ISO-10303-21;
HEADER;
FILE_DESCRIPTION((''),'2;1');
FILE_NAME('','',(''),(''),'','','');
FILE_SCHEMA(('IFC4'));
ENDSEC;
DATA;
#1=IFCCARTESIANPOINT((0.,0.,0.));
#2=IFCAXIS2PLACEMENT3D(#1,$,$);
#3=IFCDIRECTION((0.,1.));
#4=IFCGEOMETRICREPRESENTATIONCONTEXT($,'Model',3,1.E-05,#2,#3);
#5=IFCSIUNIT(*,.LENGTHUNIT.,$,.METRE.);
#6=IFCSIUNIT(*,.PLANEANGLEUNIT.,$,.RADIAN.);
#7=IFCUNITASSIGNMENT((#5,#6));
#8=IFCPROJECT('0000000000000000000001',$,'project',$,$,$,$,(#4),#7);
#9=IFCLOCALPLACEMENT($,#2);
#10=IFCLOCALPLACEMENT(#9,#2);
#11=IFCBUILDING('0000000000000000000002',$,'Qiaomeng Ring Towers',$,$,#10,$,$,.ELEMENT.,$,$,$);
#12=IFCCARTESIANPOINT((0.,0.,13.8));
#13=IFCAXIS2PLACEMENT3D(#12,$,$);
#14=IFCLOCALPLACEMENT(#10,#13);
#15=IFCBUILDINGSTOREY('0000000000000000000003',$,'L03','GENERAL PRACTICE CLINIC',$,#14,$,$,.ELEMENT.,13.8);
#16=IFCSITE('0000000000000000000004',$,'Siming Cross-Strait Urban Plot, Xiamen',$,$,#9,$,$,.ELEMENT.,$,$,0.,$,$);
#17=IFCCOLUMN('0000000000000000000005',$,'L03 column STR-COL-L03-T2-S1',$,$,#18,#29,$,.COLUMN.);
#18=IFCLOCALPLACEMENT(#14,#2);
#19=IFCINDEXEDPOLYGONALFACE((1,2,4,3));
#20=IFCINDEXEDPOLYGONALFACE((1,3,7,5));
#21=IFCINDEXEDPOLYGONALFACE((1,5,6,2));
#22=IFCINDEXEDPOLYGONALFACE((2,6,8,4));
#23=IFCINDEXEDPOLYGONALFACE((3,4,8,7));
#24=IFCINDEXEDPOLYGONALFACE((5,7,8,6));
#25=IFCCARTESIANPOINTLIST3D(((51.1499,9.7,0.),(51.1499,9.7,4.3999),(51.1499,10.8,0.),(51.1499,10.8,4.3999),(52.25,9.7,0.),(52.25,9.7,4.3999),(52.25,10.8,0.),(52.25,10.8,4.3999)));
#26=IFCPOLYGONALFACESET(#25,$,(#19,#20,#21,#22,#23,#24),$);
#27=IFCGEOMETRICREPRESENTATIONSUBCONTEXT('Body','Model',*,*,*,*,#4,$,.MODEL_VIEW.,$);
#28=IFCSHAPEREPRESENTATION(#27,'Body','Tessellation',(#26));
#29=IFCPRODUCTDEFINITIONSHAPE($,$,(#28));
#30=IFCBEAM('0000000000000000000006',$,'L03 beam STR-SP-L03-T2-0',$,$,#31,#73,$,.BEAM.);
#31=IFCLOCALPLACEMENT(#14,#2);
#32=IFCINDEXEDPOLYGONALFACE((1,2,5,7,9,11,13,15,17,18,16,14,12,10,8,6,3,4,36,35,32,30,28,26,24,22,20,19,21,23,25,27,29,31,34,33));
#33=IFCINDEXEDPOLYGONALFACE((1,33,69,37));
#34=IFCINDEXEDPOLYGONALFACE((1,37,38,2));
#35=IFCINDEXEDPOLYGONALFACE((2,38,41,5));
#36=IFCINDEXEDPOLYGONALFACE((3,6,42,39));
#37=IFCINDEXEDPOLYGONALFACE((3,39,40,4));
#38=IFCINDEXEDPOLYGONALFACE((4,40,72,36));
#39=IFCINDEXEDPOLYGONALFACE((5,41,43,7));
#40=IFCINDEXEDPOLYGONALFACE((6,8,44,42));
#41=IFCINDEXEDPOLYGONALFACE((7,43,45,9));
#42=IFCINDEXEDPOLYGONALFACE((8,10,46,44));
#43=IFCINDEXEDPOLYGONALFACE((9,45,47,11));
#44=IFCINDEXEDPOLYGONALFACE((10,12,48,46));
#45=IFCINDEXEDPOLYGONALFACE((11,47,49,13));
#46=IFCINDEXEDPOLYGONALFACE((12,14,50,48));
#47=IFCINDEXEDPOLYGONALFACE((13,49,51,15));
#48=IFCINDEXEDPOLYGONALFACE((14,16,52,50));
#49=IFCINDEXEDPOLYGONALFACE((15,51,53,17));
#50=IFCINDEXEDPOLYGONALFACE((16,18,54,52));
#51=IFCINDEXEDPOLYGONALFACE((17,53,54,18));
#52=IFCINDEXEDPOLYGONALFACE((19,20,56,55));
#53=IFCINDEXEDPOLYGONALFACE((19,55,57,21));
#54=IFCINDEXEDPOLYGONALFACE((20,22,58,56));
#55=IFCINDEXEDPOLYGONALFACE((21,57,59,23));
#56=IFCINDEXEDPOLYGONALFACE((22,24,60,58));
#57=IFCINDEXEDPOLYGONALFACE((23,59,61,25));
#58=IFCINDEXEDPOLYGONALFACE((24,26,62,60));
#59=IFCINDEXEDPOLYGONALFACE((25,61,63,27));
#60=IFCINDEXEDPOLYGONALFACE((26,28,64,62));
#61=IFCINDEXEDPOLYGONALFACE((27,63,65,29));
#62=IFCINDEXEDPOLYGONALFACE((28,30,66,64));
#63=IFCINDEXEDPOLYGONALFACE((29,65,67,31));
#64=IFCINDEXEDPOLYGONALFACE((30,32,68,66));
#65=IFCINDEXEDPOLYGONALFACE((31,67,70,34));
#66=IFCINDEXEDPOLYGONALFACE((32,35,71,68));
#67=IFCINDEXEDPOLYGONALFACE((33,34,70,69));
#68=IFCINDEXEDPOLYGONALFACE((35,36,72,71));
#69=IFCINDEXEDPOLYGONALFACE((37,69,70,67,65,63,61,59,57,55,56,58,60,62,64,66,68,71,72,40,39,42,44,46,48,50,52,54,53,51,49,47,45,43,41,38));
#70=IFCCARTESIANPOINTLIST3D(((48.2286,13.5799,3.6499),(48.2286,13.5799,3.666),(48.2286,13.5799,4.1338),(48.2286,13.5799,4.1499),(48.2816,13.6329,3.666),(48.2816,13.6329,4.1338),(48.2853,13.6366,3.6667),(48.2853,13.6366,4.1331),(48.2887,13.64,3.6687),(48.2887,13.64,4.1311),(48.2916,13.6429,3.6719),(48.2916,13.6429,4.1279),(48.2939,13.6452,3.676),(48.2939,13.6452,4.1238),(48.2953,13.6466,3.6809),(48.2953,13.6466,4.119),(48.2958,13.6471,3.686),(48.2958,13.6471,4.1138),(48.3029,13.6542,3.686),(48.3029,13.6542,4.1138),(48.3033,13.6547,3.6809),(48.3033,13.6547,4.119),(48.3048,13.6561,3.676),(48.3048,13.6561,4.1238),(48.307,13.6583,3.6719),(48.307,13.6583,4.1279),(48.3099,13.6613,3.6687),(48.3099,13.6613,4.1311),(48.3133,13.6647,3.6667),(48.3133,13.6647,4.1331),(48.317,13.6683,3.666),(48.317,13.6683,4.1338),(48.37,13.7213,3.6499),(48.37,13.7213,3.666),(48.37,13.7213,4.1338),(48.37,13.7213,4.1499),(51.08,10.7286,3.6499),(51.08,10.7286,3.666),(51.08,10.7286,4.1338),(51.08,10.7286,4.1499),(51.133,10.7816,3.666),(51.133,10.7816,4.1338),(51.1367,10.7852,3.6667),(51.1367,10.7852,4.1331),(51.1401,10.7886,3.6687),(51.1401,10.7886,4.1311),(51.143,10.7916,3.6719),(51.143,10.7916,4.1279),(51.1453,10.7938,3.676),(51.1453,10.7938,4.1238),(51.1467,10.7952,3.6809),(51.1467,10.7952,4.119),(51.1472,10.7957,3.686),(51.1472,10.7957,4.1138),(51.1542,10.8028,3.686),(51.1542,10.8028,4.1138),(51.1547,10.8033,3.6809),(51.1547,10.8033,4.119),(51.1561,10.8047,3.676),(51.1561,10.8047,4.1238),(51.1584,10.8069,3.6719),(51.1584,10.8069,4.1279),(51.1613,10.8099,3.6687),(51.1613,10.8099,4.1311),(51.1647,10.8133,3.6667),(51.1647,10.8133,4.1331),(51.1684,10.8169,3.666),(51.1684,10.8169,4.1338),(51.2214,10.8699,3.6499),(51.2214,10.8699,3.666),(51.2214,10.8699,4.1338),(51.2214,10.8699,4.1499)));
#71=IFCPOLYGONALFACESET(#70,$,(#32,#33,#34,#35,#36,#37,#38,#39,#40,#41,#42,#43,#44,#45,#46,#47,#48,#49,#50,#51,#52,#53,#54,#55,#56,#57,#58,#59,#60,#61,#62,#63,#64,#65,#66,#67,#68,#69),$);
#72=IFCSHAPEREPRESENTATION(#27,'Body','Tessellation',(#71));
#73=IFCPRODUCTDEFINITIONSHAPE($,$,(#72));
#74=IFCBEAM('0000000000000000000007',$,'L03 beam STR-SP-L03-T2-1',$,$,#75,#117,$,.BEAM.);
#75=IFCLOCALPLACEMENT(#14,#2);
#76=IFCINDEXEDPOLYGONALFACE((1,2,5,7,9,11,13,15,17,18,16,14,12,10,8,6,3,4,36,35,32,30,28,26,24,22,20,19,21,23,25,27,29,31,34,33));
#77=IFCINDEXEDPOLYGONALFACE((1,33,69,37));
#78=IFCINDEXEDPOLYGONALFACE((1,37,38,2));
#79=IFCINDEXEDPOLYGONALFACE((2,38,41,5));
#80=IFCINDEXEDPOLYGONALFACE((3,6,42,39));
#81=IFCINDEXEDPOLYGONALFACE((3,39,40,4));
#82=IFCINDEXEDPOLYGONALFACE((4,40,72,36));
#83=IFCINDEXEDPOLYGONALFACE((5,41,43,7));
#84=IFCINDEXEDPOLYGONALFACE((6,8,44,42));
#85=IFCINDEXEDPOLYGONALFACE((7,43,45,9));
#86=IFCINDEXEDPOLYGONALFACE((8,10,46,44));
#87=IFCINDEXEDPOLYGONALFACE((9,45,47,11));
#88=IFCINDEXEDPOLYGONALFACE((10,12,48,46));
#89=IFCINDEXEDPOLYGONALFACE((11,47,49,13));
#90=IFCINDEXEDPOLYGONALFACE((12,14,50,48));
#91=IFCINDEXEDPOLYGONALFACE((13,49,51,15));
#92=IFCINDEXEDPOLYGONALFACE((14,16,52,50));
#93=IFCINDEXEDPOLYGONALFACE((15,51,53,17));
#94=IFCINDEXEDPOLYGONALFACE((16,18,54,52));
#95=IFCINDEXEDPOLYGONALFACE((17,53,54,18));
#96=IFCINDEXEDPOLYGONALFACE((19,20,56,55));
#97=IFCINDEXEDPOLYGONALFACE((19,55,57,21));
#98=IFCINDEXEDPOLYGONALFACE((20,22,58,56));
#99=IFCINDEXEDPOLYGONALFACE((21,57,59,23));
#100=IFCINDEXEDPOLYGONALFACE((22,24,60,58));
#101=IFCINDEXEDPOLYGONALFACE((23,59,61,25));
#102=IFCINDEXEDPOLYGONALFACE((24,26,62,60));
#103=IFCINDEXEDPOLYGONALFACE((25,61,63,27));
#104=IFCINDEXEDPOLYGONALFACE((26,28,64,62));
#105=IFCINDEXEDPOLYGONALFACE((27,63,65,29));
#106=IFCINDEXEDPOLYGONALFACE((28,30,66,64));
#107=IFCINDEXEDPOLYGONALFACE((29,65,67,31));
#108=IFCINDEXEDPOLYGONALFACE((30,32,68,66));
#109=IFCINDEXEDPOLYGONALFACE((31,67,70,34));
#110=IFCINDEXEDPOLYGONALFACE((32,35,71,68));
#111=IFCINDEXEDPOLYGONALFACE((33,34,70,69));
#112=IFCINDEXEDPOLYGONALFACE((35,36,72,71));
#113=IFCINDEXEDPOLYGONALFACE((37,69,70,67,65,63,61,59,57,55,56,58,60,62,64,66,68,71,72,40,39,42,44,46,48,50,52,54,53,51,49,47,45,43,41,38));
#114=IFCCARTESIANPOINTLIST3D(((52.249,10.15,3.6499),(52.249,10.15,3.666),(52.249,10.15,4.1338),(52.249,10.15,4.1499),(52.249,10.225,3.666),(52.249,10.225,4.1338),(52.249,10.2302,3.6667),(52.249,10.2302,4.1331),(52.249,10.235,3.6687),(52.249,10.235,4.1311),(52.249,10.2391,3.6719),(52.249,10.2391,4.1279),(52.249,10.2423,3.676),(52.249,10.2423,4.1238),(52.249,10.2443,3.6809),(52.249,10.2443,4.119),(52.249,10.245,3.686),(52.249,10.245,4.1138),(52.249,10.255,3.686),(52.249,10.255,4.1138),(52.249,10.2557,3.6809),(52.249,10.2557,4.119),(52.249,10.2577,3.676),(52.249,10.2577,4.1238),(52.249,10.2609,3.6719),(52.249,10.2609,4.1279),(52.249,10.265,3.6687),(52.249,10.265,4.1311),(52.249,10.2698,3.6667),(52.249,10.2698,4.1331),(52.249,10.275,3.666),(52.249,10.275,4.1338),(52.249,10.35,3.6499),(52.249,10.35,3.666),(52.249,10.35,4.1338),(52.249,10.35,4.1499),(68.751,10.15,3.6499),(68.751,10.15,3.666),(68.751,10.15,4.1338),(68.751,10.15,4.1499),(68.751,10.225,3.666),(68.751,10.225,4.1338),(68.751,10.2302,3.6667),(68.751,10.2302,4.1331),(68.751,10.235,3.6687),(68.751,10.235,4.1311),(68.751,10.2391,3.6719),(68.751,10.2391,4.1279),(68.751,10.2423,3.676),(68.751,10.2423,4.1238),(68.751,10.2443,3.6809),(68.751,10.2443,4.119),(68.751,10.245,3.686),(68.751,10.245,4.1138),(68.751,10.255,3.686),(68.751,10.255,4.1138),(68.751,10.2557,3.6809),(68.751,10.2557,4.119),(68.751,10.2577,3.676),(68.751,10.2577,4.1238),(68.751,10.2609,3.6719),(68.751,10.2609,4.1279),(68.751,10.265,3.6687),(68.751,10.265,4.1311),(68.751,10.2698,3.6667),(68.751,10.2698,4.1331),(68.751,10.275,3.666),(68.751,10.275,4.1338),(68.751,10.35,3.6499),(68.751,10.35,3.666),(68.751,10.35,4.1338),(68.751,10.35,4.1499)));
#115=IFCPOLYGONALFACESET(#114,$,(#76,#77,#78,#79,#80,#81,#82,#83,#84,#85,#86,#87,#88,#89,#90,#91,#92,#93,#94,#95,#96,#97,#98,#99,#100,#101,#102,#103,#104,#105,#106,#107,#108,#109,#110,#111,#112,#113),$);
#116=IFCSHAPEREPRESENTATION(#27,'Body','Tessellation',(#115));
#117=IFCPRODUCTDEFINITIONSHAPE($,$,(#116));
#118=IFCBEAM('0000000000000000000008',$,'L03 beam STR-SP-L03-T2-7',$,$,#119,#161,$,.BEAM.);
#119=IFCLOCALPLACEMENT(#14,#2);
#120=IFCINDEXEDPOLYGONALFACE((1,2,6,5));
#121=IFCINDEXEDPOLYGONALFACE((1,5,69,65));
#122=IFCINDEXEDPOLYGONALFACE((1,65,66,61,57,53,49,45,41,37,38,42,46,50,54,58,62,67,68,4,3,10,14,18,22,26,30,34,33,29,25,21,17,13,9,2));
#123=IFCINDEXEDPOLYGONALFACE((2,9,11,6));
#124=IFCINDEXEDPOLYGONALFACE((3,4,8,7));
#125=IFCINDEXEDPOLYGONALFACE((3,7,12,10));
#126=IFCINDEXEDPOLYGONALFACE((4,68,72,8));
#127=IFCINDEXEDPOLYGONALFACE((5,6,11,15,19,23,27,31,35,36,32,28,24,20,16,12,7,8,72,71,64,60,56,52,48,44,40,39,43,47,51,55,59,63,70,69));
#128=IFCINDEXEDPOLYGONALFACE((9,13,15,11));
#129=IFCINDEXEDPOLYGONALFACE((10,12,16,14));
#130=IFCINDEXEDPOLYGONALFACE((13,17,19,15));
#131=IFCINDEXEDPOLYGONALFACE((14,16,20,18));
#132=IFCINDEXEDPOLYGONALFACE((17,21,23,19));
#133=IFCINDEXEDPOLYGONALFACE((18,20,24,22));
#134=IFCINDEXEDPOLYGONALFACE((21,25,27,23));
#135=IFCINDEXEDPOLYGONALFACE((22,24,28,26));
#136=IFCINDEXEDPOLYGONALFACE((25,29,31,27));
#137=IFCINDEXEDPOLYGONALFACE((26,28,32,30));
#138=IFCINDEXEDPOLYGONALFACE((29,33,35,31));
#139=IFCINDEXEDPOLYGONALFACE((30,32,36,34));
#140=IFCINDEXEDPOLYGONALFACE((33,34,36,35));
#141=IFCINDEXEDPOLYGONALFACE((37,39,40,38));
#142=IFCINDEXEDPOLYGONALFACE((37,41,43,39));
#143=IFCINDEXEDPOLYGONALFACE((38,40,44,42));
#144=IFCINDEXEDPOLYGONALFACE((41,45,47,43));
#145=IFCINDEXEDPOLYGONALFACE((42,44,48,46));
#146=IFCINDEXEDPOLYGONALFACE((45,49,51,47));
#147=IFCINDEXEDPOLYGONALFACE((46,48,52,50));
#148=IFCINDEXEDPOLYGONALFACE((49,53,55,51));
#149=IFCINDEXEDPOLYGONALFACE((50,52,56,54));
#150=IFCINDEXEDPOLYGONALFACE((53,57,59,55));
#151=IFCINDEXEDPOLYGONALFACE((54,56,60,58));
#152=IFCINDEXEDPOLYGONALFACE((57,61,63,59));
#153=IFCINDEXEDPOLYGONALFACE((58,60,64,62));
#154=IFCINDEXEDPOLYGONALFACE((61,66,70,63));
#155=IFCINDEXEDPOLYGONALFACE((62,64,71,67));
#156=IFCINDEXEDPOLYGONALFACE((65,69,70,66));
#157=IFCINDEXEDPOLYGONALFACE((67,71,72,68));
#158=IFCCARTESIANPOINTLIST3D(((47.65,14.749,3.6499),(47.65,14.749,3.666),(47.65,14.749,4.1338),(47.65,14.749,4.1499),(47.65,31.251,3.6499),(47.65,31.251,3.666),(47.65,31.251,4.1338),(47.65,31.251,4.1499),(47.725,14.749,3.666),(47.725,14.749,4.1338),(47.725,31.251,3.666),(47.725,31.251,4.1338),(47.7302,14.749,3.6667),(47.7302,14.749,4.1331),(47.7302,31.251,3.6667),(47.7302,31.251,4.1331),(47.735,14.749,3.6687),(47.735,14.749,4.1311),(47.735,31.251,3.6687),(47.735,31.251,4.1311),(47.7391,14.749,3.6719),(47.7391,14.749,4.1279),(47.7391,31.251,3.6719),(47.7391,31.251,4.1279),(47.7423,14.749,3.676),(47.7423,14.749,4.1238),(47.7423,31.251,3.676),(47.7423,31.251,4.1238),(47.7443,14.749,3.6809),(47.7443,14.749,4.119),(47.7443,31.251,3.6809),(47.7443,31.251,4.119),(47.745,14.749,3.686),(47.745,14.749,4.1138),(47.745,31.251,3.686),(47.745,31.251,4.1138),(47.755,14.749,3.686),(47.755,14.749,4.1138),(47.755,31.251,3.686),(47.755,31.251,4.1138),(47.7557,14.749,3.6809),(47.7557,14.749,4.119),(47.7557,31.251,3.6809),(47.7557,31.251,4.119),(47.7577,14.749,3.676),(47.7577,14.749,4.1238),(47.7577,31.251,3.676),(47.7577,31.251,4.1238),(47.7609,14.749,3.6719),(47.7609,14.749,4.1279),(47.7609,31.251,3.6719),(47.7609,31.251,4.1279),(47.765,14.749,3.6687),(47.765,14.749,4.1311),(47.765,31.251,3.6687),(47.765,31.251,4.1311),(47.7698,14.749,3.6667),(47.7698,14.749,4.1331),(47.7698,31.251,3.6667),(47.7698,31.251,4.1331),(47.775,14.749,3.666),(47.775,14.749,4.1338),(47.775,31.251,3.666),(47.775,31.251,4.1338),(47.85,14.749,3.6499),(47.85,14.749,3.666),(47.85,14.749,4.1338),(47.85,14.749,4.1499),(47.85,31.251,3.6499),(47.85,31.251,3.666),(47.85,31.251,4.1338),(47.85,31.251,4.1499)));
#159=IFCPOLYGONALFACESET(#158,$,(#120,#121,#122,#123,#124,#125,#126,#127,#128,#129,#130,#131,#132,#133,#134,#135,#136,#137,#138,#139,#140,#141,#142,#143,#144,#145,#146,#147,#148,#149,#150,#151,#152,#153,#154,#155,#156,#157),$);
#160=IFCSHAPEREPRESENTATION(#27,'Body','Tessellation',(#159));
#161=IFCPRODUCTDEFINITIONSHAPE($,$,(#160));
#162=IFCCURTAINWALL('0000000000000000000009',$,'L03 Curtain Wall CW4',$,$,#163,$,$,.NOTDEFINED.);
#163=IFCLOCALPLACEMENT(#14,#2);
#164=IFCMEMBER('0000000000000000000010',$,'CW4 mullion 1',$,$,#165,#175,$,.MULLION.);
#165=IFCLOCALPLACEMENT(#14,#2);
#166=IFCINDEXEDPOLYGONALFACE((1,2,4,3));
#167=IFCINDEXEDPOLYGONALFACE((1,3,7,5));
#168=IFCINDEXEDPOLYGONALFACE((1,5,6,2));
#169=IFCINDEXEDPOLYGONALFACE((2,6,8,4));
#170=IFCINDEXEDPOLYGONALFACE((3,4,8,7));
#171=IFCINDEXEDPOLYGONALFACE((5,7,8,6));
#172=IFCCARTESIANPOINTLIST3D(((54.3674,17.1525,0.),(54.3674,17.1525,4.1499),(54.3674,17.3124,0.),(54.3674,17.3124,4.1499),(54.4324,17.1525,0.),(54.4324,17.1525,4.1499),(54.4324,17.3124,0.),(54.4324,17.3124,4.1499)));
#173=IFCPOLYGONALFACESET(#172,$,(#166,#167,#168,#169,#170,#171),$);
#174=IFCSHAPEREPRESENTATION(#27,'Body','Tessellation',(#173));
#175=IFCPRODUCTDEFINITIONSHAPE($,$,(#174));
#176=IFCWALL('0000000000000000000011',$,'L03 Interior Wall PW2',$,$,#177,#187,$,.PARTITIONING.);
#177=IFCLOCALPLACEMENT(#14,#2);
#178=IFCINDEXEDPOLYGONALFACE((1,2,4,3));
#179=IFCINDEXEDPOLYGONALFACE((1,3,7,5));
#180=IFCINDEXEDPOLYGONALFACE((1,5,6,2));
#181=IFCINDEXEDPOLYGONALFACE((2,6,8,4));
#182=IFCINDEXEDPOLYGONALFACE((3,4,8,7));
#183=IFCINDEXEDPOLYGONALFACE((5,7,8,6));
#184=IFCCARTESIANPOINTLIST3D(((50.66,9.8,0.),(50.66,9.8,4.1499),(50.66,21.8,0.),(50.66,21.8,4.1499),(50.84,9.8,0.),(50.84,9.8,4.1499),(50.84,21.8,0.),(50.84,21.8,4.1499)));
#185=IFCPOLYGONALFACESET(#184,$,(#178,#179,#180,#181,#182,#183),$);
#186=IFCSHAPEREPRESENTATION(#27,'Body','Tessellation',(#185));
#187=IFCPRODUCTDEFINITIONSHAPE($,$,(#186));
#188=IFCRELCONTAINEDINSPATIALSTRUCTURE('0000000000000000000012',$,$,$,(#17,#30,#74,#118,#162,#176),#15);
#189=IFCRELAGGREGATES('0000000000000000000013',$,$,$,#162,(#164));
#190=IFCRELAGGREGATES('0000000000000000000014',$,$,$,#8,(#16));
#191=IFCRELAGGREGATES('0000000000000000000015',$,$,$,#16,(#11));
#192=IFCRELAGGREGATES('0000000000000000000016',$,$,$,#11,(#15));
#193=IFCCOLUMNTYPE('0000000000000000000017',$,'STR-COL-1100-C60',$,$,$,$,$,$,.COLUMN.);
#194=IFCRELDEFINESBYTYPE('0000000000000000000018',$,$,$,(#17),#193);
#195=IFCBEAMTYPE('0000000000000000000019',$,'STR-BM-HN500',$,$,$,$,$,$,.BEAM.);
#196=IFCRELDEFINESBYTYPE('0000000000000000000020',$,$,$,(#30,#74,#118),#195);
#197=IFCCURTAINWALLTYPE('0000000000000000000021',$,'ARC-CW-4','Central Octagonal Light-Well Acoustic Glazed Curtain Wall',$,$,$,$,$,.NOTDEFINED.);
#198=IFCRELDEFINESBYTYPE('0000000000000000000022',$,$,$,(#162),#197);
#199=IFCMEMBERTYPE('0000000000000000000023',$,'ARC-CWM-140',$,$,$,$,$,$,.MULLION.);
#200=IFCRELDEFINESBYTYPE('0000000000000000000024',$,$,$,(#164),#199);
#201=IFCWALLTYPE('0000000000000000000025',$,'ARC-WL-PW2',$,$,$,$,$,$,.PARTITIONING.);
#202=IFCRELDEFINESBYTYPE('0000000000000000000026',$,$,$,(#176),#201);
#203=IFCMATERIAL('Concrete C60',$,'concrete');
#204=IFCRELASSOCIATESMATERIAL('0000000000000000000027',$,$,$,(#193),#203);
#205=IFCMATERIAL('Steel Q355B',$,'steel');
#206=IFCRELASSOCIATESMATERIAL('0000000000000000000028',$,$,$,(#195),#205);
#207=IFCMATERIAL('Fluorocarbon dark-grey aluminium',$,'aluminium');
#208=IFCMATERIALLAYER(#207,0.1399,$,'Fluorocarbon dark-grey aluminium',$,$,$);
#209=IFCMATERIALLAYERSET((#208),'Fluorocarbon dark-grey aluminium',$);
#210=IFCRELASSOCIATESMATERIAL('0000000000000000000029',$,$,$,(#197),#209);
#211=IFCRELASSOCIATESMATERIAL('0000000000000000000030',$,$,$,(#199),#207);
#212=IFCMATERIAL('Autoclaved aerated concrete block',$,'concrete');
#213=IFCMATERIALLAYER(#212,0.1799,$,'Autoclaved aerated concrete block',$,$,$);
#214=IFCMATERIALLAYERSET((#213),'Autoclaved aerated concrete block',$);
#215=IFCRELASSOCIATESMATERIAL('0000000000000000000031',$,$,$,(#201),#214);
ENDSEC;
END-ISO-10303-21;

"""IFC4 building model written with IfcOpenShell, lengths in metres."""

from ifc_helpers import new_model, si_unit, direction, frame, frame_2d, origin, origin_2d, place, context, subcontext, project, spatial, rectangle, i_section, extrude, source, transform, mapped, material, layer, layer_set, material_profile, profile_set, type_object, element, aggregate, save


model = new_model("IFC4")

# Units and contexts
model_context = context("Model", 3, precision=1e-05, world=origin(), true_north=direction((0.0, 1.0)))
body_context = subcontext(model_context, "Body", "Model", "MODEL_VIEW")
ifc_project = project(units=[si_unit("LENGTHUNIT", "METRE"), si_unit("PLANEANGLEUNIT", "RADIAN")], contexts=[model_context])

# Site, building, storey
site_placement = place(None, origin())
site = spatial("IfcSite", under=ifc_project, at=site_placement, Name="Siming Cross-Strait Urban Plot, Xiamen", CompositionType="ELEMENT", RefElevation=0.0)
building_placement = place(site_placement, origin())
building = spatial("IfcBuilding", under=site, at=building_placement, Name="Qiaomeng Ring Towers", CompositionType="ELEMENT")
storey_placement = place(building_placement, frame((0.0, 0.0, 13.8)))
storey = spatial("IfcBuildingStorey", under=building, at=storey_placement, Name="L03", Description="GENERAL PRACTICE CLINIC", CompositionType="ELEMENT", Elevation=13.8)

# Column
ifc_material_1 = material(Name="Concrete C60", Category="concrete")
ifc_material_profile_1 = material_profile(ifc_material_1, rectangle(XDim=1.1001, YDim=1.1001, at=origin_2d()), Name="RC COL 1100x1100")
ifc_profile_set_1 = profile_set([ifc_material_profile_1], Name="Concrete C60")
column_type = type_object("IfcColumnType", Name="STR-COL-1100-C60", PredefinedType="COLUMN", material=ifc_profile_set_1)
shared_shape_1 = source(origin(), body_context, "Body", "SweptSolid", [
    extrude(rectangle(XDim=1.1001, YDim=1.1001, at=origin_2d()), origin(), (0.0, 0.0, 1.0), 4.3999),
])
column_placement = place(storey_placement, frame((51.7, 10.25, 0.0), z_axis=(0.0, 0.0, 1.0), x_axis=(1.0, 0.0, 0.0)))
element("IfcColumn", 1, at=column_placement, inside=storey, type_object=column_type, Name="L03 column STR-COL-L03-T2-S1", PredefinedType="COLUMN", context=body_context, shape_type="MappedRepresentation", body=[
    mapped(shared_shape_1, transform((0.0, 0.0, 0.0), x_axis=(1.0, 0.0, 0.0), y_axis=(0.0, 1.0, 0.0), z_axis=(0.0, 0.0, 1.0), scale=1.0)),
])

# Beams
ifc_material_2 = material(Name="Steel Q355B", Category="steel")
ifc_material_profile_2 = material_profile(ifc_material_2, i_section(OverallWidth=0.2, OverallDepth=0.5, WebThickness=0.01, FlangeThickness=0.0161, FilletRadius=0.02, at=origin_2d()), Name="HN 500x200x10x16")
ifc_profile_set_2 = profile_set([ifc_material_profile_2], Name="Steel Q355B")
beam_type = type_object("IfcBeamType", Name="STR-BM-HN500", PredefinedType="BEAM", material=ifc_profile_set_2)
shared_shape_2 = source(origin(), body_context, "Body", "SweptSolid", [
    extrude(i_section(OverallWidth=0.2, OverallDepth=0.5, WebThickness=0.01, FlangeThickness=0.0161, FilletRadius=0.02, at=origin_2d()), origin(), (0.0, 0.0, 1.0), 4.0325),
])
beam_placement = place(storey_placement, frame((48.2993, 13.6506, 3.8999), z_axis=(0.707107, -0.707107, 0.0), x_axis=(0.707107, 0.707107, 0.0)))
element("IfcBeam", 2, at=beam_placement, inside=storey, type_object=beam_type, Name="L03 beam STR-SP-L03-T2-0", PredefinedType="BEAM", context=body_context, shape_type="MappedRepresentation", body=[
    mapped(shared_shape_2, transform((0.0, 0.0, 0.0), x_axis=(1.0, 0.0, 0.0), y_axis=(0.0, 1.0, 0.0), z_axis=(0.0, 0.0, 1.0), scale=1.0)),
])
shared_shape_3 = source(origin(), body_context, "Body", "SweptSolid", [
    extrude(i_section(OverallWidth=0.2, OverallDepth=0.5, WebThickness=0.01, FlangeThickness=0.0161, FilletRadius=0.02, at=origin_2d()), origin(), (0.0, 0.0, 1.0), 16.502),
])
for number, where, z_axis, x_axis, name in (
    (3, (52.249, 10.25, 3.8999), (1.0, 0.0, 0.0), (0.0, 1.0, 0.0), "L03 beam STR-SP-L03-T2-1"),
    (4, (47.75, 14.749, 3.8999), (0.0, 1.0, 0.0), (-1.0, 0.0, 0.0), "L03 beam STR-SP-L03-T2-7"),
):
    element("IfcBeam", number, at=place(storey_placement, frame(where, z_axis=z_axis, x_axis=x_axis)), inside=storey, type_object=beam_type, Name=name, PredefinedType="BEAM", context=body_context, shape_type="MappedRepresentation", body=[
        mapped(shared_shape_3, transform((0.0, 0.0, 0.0), x_axis=(1.0, 0.0, 0.0), y_axis=(0.0, 1.0, 0.0), z_axis=(0.0, 0.0, 1.0), scale=1.0)),
    ])

# Curtain wall, member
ifc_material_3 = material(Name="Fluorocarbon dark-grey aluminium", Category="aluminium")
ifc_layer_1 = layer(ifc_material_3, 0.1399, Name="Fluorocarbon dark-grey aluminium")
ifc_layer_set_1 = layer_set([ifc_layer_1], Name="Fluorocarbon dark-grey aluminium")
curtain_wall_type = type_object("IfcCurtainWallType", Name="ARC-CW-4", Description="Central Octagonal Light-Well Acoustic Glazed Curtain Wall", PredefinedType="NOTDEFINED", material=ifc_layer_set_1)
curtain_wall_placement = place(storey_placement, origin())
curtain_wall = element("IfcCurtainWall", 5, at=curtain_wall_placement, inside=storey, type_object=curtain_wall_type, Name="L03 Curtain Wall CW4", PredefinedType="NOTDEFINED")
ifc_material_profile_3 = material_profile(ifc_material_3, rectangle(XDim=0.0649, YDim=0.1599, at=origin_2d()), Name="ALU MULL 65x160")
ifc_profile_set_3 = profile_set([ifc_material_profile_3], Name="Fluorocarbon dark-grey aluminium")
member_type = type_object("IfcMemberType", Name="ARC-CWM-140", PredefinedType="MULLION", material=ifc_profile_set_3)
shared_shape_4 = source(origin(), body_context, "Body", "SweptSolid", [
    extrude(rectangle(XDim=0.0649, YDim=0.1599, at=origin_2d()), origin(), (0.0, 0.0, 1.0), 4.1499),
])
member_placement = place(storey_placement, frame((54.3999, 17.2324, 0.0), z_axis=(0.0, 0.0, 1.0), x_axis=(-1.0, 0.0, 0.0)))
member = element("IfcMember", 6, at=member_placement, type_object=member_type, Name="CW4 mullion 1", PredefinedType="MULLION", context=body_context, shape_type="MappedRepresentation", body=[
    mapped(shared_shape_4, transform((0.0, 0.0, 0.0), x_axis=(1.0, 0.0, 0.0), y_axis=(0.0, 1.0, 0.0), z_axis=(0.0, 0.0, 1.0), scale=1.0)),
])
aggregate(curtain_wall, [member])

# Wall
ifc_material_4 = material(Name="Autoclaved aerated concrete block", Category="concrete")
ifc_layer_2 = layer(ifc_material_4, 0.1799, Name="Autoclaved aerated concrete block")
ifc_layer_set_2 = layer_set([ifc_layer_2], Name="Autoclaved aerated concrete block")
wall_type_1 = type_object("IfcWallType", Name="ARC-WL-PW2", PredefinedType="PARTITIONING", material=ifc_layer_set_2)
wall_1_placement = place(storey_placement, frame((50.75, 9.8, 0.0), z_axis=(0.0, 0.0, 1.0), x_axis=(0.0, 1.0, 0.0)))
element("IfcWall", 7, at=wall_1_placement, inside=storey, type_object=wall_type_1, Name="L03 Interior Wall PW2", PredefinedType="PARTITIONING", context=body_context, shape_type="SweptSolid", body=[
    extrude(rectangle(XDim=12.0, YDim=0.1799, at=frame_2d((6.0, 0.0))), origin(), (0.0, 0.0, 1.0), 4.1499),
])

save(model, "model.ifc")
